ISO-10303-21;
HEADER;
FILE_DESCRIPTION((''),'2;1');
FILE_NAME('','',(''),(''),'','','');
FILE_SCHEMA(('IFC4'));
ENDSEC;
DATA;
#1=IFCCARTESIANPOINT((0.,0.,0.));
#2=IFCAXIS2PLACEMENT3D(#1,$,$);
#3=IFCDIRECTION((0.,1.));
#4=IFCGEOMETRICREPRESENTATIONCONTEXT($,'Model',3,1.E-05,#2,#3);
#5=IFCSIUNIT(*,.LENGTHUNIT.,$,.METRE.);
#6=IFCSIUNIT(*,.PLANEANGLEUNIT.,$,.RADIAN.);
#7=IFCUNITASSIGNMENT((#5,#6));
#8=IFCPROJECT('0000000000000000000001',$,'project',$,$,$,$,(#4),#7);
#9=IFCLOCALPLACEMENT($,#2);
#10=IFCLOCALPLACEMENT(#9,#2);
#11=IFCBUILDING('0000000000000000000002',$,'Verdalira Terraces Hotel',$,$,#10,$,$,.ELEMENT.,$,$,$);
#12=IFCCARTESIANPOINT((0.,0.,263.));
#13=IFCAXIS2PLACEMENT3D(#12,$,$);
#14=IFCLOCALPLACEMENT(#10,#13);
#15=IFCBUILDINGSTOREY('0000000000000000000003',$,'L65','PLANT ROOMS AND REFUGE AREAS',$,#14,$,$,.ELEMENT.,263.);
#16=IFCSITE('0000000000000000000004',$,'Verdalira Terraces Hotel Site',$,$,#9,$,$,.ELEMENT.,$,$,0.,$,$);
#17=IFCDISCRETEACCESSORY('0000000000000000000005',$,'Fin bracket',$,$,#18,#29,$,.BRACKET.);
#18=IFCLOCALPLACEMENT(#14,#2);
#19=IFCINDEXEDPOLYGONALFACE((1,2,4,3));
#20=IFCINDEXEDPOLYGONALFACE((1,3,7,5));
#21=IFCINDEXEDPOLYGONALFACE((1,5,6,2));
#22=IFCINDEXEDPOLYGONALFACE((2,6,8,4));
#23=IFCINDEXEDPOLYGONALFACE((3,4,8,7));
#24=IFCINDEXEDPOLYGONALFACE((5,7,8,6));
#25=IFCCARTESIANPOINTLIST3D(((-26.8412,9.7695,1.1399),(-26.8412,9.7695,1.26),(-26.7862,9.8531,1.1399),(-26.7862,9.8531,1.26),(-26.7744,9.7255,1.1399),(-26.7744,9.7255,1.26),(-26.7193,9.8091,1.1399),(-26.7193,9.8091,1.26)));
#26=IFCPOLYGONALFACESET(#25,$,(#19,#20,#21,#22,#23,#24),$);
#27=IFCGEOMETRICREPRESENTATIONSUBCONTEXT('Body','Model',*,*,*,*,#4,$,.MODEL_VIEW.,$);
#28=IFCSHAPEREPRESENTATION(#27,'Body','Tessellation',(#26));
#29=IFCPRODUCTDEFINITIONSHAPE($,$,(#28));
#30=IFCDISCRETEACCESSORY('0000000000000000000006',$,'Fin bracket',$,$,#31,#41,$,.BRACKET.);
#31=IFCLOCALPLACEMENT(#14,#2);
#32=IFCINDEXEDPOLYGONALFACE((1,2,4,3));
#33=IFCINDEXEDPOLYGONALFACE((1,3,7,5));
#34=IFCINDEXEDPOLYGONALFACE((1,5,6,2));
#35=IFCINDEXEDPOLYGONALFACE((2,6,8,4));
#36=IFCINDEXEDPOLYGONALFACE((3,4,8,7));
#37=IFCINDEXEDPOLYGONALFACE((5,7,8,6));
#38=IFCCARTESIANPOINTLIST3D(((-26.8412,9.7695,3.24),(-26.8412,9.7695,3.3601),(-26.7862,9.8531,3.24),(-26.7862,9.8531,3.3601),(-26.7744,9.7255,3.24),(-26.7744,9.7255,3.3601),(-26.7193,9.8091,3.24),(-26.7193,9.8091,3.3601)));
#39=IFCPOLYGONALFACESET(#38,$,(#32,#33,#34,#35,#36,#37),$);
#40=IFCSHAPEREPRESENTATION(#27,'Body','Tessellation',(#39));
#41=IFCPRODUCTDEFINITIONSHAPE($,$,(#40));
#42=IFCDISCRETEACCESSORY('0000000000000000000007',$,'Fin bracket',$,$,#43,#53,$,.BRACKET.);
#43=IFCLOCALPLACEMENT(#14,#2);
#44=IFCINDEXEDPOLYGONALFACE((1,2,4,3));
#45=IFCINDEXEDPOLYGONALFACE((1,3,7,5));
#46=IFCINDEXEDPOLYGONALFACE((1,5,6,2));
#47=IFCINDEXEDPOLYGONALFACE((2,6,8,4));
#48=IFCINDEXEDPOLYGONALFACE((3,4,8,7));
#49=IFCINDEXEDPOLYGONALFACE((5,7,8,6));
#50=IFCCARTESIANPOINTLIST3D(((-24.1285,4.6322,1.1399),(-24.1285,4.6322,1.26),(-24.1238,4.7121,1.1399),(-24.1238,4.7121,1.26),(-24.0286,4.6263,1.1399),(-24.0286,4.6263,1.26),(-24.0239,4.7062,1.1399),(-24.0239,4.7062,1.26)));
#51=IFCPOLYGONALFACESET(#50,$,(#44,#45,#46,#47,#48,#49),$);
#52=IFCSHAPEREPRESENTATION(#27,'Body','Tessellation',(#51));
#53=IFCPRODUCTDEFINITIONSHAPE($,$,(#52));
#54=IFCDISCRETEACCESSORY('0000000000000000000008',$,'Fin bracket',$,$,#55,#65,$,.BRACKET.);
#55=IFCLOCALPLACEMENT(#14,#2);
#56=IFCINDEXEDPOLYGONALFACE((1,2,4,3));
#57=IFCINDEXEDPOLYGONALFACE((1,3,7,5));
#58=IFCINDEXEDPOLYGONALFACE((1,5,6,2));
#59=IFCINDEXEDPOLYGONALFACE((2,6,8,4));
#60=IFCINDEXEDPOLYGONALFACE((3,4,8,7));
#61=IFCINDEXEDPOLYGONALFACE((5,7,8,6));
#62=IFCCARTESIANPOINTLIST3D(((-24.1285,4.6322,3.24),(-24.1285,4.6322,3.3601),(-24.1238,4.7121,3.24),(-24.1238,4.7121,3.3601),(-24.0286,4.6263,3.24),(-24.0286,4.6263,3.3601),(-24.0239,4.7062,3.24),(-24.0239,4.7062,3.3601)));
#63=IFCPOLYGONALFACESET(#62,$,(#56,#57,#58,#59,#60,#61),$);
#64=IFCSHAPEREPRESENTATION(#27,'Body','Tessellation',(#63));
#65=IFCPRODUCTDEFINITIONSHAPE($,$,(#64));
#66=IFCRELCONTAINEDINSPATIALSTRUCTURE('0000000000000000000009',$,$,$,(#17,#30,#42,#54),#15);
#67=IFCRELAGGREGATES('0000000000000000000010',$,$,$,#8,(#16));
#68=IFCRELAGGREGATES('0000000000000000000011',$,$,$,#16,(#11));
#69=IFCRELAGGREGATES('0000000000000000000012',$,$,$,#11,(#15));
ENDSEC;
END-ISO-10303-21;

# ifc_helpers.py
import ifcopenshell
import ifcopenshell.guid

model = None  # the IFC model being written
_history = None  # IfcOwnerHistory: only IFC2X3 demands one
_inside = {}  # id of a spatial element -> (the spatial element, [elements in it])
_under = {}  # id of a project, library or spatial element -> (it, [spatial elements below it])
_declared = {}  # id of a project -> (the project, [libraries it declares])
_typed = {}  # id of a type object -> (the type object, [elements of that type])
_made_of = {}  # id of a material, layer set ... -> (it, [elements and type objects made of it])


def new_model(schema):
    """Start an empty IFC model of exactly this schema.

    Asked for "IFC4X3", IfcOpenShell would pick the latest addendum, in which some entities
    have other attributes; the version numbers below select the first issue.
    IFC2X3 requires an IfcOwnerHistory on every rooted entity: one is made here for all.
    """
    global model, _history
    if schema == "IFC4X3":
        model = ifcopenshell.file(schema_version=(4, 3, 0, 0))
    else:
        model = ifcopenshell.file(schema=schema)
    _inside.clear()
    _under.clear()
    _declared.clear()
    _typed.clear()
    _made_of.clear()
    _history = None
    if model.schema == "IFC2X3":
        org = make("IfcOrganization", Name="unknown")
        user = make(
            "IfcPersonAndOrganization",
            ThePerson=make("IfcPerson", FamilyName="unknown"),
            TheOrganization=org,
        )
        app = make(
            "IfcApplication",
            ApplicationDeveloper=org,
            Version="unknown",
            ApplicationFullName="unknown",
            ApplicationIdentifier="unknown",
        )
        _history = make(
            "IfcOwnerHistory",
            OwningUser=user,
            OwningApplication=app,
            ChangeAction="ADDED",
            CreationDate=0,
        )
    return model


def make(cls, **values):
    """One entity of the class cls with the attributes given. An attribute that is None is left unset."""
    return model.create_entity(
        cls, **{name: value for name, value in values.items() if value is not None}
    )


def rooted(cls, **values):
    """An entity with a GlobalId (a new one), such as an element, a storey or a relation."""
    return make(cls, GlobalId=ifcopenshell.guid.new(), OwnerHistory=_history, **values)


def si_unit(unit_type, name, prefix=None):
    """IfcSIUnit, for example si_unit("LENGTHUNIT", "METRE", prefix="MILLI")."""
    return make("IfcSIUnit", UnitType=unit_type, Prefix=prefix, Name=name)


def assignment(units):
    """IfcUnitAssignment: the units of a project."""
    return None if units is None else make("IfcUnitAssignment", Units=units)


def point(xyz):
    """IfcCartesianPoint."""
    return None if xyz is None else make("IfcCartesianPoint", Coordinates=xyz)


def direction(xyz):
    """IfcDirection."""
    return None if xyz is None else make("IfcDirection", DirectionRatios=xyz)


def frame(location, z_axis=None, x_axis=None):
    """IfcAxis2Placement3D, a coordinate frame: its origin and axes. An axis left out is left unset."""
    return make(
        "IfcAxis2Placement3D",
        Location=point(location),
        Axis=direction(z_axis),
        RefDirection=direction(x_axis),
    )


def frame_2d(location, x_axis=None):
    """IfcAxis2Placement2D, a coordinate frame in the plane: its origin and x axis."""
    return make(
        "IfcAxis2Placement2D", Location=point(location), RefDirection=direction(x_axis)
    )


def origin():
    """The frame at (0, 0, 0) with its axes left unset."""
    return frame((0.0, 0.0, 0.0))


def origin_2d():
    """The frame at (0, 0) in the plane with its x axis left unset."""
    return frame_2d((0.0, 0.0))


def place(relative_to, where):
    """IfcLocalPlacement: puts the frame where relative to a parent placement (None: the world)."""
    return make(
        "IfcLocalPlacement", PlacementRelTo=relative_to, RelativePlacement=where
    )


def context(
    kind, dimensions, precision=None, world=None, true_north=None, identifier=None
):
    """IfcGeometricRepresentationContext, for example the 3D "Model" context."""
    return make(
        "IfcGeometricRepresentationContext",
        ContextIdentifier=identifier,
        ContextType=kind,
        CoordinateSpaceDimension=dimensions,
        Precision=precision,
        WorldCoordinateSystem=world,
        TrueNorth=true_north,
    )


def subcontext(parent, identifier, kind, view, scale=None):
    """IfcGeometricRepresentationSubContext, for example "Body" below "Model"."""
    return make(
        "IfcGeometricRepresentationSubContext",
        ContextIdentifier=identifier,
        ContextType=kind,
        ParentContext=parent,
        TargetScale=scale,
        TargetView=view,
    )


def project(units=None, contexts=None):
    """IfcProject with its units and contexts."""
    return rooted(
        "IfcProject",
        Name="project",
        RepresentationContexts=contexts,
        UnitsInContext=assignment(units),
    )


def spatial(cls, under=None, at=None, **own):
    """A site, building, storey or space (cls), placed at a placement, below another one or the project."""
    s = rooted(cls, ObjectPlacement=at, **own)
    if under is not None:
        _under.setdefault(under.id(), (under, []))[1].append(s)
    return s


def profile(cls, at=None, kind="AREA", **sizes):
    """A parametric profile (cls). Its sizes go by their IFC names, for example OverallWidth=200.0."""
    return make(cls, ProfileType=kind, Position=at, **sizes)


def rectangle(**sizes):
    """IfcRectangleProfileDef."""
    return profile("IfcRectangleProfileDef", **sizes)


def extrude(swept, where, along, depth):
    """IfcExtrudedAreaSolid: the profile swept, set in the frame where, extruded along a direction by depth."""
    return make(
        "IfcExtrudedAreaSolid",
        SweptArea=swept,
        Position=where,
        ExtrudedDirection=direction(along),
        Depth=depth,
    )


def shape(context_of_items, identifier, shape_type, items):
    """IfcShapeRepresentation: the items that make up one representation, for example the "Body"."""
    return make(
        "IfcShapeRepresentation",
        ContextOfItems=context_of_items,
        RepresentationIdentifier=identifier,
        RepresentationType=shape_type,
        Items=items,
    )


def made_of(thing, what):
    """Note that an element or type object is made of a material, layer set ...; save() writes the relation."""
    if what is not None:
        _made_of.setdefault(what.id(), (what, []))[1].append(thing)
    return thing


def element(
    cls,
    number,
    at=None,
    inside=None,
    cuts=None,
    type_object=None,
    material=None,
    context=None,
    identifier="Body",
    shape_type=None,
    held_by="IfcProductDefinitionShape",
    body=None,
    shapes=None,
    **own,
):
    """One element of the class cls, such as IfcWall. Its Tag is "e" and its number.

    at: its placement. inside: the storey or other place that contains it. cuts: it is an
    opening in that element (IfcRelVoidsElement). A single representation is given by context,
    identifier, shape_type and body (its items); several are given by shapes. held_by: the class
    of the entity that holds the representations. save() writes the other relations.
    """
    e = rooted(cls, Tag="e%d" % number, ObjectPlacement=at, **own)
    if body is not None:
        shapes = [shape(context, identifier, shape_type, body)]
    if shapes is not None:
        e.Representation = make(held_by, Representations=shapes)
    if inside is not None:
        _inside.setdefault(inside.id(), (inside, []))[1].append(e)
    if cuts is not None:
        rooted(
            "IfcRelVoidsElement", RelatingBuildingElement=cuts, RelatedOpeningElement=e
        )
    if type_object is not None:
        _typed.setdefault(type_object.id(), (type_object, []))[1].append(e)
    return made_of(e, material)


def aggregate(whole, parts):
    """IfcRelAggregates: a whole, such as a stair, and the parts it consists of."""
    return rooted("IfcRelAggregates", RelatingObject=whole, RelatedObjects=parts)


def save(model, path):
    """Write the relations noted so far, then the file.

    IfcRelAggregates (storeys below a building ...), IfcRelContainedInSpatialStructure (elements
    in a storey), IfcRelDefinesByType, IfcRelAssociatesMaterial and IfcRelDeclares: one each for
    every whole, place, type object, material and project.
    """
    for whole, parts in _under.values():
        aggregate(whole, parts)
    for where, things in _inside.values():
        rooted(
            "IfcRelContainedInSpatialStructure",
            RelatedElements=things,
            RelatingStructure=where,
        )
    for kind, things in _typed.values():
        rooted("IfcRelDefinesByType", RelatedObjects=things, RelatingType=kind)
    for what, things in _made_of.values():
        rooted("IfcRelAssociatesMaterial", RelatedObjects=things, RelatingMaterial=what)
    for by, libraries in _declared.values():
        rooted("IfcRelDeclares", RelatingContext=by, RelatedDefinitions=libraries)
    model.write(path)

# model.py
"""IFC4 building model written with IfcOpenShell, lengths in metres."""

from ifc_helpers import new_model, si_unit, direction, frame, origin, origin_2d, place, context, subcontext, project, spatial, rectangle, extrude, element, save


model = new_model("IFC4")

# Units and contexts
model_context = context("Model", 3, precision=1e-05, world=origin(), true_north=direction((0.0, 1.0)))
body_context = subcontext(model_context, "Body", "Model", "MODEL_VIEW")
ifc_project = project(units=[si_unit("LENGTHUNIT", "METRE"), si_unit("PLANEANGLEUNIT", "RADIAN")], contexts=[model_context])

# Site, building, storey
site_placement = place(None, origin())
site = spatial("IfcSite", under=ifc_project, at=site_placement, Name="Verdalira Terraces Hotel Site", CompositionType="ELEMENT", RefElevation=0.0)
building_placement = place(site_placement, origin())
building = spatial("IfcBuilding", under=site, at=building_placement, Name="Verdalira Terraces Hotel", CompositionType="ELEMENT")
storey_placement = place(building_placement, frame((0.0, 0.0, 263.0)))
storey = spatial("IfcBuildingStorey", under=building, at=storey_placement, Name="L65", Description="PLANT ROOMS AND REFUGE AREAS", CompositionType="ELEMENT", Elevation=263.0)

# Discrete accessories
for number, where, z_axis, x_axis, name in (
    (1, (-26.7803, 9.7893, 1.1399), (0.0, 0.0, 1.0), (0.835232, -0.549898, 0.0), "Fin bracket"),
    (2, (-26.7803, 9.7893, 3.24), (0.0, 0.0, 1.0), (0.835232, -0.549898, 0.0), "Fin bracket"),
    (3, (-24.0762, 4.6692, 1.1399), (0.0, 0.0, 1.0), (-0.058609, -0.998281, 0.0), "Fin bracket"),
    (4, (-24.0762, 4.6692, 3.24), (0.0, 0.0, 1.0), (-0.058609, -0.998281, 0.0), "Fin bracket"),
):
    element("IfcDiscreteAccessory", number, at=place(storey_placement, frame(where, z_axis=z_axis, x_axis=x_axis)), inside=storey, Name=name, PredefinedType="BRACKET", context=body_context, shape_type="SweptSolid", body=[
        extrude(rectangle(XDim=0.0801, YDim=0.1001, at=origin_2d()), origin(), (0.0, 0.0, 1.0), 0.1201),
    ])

save(model, "model.ifc")
